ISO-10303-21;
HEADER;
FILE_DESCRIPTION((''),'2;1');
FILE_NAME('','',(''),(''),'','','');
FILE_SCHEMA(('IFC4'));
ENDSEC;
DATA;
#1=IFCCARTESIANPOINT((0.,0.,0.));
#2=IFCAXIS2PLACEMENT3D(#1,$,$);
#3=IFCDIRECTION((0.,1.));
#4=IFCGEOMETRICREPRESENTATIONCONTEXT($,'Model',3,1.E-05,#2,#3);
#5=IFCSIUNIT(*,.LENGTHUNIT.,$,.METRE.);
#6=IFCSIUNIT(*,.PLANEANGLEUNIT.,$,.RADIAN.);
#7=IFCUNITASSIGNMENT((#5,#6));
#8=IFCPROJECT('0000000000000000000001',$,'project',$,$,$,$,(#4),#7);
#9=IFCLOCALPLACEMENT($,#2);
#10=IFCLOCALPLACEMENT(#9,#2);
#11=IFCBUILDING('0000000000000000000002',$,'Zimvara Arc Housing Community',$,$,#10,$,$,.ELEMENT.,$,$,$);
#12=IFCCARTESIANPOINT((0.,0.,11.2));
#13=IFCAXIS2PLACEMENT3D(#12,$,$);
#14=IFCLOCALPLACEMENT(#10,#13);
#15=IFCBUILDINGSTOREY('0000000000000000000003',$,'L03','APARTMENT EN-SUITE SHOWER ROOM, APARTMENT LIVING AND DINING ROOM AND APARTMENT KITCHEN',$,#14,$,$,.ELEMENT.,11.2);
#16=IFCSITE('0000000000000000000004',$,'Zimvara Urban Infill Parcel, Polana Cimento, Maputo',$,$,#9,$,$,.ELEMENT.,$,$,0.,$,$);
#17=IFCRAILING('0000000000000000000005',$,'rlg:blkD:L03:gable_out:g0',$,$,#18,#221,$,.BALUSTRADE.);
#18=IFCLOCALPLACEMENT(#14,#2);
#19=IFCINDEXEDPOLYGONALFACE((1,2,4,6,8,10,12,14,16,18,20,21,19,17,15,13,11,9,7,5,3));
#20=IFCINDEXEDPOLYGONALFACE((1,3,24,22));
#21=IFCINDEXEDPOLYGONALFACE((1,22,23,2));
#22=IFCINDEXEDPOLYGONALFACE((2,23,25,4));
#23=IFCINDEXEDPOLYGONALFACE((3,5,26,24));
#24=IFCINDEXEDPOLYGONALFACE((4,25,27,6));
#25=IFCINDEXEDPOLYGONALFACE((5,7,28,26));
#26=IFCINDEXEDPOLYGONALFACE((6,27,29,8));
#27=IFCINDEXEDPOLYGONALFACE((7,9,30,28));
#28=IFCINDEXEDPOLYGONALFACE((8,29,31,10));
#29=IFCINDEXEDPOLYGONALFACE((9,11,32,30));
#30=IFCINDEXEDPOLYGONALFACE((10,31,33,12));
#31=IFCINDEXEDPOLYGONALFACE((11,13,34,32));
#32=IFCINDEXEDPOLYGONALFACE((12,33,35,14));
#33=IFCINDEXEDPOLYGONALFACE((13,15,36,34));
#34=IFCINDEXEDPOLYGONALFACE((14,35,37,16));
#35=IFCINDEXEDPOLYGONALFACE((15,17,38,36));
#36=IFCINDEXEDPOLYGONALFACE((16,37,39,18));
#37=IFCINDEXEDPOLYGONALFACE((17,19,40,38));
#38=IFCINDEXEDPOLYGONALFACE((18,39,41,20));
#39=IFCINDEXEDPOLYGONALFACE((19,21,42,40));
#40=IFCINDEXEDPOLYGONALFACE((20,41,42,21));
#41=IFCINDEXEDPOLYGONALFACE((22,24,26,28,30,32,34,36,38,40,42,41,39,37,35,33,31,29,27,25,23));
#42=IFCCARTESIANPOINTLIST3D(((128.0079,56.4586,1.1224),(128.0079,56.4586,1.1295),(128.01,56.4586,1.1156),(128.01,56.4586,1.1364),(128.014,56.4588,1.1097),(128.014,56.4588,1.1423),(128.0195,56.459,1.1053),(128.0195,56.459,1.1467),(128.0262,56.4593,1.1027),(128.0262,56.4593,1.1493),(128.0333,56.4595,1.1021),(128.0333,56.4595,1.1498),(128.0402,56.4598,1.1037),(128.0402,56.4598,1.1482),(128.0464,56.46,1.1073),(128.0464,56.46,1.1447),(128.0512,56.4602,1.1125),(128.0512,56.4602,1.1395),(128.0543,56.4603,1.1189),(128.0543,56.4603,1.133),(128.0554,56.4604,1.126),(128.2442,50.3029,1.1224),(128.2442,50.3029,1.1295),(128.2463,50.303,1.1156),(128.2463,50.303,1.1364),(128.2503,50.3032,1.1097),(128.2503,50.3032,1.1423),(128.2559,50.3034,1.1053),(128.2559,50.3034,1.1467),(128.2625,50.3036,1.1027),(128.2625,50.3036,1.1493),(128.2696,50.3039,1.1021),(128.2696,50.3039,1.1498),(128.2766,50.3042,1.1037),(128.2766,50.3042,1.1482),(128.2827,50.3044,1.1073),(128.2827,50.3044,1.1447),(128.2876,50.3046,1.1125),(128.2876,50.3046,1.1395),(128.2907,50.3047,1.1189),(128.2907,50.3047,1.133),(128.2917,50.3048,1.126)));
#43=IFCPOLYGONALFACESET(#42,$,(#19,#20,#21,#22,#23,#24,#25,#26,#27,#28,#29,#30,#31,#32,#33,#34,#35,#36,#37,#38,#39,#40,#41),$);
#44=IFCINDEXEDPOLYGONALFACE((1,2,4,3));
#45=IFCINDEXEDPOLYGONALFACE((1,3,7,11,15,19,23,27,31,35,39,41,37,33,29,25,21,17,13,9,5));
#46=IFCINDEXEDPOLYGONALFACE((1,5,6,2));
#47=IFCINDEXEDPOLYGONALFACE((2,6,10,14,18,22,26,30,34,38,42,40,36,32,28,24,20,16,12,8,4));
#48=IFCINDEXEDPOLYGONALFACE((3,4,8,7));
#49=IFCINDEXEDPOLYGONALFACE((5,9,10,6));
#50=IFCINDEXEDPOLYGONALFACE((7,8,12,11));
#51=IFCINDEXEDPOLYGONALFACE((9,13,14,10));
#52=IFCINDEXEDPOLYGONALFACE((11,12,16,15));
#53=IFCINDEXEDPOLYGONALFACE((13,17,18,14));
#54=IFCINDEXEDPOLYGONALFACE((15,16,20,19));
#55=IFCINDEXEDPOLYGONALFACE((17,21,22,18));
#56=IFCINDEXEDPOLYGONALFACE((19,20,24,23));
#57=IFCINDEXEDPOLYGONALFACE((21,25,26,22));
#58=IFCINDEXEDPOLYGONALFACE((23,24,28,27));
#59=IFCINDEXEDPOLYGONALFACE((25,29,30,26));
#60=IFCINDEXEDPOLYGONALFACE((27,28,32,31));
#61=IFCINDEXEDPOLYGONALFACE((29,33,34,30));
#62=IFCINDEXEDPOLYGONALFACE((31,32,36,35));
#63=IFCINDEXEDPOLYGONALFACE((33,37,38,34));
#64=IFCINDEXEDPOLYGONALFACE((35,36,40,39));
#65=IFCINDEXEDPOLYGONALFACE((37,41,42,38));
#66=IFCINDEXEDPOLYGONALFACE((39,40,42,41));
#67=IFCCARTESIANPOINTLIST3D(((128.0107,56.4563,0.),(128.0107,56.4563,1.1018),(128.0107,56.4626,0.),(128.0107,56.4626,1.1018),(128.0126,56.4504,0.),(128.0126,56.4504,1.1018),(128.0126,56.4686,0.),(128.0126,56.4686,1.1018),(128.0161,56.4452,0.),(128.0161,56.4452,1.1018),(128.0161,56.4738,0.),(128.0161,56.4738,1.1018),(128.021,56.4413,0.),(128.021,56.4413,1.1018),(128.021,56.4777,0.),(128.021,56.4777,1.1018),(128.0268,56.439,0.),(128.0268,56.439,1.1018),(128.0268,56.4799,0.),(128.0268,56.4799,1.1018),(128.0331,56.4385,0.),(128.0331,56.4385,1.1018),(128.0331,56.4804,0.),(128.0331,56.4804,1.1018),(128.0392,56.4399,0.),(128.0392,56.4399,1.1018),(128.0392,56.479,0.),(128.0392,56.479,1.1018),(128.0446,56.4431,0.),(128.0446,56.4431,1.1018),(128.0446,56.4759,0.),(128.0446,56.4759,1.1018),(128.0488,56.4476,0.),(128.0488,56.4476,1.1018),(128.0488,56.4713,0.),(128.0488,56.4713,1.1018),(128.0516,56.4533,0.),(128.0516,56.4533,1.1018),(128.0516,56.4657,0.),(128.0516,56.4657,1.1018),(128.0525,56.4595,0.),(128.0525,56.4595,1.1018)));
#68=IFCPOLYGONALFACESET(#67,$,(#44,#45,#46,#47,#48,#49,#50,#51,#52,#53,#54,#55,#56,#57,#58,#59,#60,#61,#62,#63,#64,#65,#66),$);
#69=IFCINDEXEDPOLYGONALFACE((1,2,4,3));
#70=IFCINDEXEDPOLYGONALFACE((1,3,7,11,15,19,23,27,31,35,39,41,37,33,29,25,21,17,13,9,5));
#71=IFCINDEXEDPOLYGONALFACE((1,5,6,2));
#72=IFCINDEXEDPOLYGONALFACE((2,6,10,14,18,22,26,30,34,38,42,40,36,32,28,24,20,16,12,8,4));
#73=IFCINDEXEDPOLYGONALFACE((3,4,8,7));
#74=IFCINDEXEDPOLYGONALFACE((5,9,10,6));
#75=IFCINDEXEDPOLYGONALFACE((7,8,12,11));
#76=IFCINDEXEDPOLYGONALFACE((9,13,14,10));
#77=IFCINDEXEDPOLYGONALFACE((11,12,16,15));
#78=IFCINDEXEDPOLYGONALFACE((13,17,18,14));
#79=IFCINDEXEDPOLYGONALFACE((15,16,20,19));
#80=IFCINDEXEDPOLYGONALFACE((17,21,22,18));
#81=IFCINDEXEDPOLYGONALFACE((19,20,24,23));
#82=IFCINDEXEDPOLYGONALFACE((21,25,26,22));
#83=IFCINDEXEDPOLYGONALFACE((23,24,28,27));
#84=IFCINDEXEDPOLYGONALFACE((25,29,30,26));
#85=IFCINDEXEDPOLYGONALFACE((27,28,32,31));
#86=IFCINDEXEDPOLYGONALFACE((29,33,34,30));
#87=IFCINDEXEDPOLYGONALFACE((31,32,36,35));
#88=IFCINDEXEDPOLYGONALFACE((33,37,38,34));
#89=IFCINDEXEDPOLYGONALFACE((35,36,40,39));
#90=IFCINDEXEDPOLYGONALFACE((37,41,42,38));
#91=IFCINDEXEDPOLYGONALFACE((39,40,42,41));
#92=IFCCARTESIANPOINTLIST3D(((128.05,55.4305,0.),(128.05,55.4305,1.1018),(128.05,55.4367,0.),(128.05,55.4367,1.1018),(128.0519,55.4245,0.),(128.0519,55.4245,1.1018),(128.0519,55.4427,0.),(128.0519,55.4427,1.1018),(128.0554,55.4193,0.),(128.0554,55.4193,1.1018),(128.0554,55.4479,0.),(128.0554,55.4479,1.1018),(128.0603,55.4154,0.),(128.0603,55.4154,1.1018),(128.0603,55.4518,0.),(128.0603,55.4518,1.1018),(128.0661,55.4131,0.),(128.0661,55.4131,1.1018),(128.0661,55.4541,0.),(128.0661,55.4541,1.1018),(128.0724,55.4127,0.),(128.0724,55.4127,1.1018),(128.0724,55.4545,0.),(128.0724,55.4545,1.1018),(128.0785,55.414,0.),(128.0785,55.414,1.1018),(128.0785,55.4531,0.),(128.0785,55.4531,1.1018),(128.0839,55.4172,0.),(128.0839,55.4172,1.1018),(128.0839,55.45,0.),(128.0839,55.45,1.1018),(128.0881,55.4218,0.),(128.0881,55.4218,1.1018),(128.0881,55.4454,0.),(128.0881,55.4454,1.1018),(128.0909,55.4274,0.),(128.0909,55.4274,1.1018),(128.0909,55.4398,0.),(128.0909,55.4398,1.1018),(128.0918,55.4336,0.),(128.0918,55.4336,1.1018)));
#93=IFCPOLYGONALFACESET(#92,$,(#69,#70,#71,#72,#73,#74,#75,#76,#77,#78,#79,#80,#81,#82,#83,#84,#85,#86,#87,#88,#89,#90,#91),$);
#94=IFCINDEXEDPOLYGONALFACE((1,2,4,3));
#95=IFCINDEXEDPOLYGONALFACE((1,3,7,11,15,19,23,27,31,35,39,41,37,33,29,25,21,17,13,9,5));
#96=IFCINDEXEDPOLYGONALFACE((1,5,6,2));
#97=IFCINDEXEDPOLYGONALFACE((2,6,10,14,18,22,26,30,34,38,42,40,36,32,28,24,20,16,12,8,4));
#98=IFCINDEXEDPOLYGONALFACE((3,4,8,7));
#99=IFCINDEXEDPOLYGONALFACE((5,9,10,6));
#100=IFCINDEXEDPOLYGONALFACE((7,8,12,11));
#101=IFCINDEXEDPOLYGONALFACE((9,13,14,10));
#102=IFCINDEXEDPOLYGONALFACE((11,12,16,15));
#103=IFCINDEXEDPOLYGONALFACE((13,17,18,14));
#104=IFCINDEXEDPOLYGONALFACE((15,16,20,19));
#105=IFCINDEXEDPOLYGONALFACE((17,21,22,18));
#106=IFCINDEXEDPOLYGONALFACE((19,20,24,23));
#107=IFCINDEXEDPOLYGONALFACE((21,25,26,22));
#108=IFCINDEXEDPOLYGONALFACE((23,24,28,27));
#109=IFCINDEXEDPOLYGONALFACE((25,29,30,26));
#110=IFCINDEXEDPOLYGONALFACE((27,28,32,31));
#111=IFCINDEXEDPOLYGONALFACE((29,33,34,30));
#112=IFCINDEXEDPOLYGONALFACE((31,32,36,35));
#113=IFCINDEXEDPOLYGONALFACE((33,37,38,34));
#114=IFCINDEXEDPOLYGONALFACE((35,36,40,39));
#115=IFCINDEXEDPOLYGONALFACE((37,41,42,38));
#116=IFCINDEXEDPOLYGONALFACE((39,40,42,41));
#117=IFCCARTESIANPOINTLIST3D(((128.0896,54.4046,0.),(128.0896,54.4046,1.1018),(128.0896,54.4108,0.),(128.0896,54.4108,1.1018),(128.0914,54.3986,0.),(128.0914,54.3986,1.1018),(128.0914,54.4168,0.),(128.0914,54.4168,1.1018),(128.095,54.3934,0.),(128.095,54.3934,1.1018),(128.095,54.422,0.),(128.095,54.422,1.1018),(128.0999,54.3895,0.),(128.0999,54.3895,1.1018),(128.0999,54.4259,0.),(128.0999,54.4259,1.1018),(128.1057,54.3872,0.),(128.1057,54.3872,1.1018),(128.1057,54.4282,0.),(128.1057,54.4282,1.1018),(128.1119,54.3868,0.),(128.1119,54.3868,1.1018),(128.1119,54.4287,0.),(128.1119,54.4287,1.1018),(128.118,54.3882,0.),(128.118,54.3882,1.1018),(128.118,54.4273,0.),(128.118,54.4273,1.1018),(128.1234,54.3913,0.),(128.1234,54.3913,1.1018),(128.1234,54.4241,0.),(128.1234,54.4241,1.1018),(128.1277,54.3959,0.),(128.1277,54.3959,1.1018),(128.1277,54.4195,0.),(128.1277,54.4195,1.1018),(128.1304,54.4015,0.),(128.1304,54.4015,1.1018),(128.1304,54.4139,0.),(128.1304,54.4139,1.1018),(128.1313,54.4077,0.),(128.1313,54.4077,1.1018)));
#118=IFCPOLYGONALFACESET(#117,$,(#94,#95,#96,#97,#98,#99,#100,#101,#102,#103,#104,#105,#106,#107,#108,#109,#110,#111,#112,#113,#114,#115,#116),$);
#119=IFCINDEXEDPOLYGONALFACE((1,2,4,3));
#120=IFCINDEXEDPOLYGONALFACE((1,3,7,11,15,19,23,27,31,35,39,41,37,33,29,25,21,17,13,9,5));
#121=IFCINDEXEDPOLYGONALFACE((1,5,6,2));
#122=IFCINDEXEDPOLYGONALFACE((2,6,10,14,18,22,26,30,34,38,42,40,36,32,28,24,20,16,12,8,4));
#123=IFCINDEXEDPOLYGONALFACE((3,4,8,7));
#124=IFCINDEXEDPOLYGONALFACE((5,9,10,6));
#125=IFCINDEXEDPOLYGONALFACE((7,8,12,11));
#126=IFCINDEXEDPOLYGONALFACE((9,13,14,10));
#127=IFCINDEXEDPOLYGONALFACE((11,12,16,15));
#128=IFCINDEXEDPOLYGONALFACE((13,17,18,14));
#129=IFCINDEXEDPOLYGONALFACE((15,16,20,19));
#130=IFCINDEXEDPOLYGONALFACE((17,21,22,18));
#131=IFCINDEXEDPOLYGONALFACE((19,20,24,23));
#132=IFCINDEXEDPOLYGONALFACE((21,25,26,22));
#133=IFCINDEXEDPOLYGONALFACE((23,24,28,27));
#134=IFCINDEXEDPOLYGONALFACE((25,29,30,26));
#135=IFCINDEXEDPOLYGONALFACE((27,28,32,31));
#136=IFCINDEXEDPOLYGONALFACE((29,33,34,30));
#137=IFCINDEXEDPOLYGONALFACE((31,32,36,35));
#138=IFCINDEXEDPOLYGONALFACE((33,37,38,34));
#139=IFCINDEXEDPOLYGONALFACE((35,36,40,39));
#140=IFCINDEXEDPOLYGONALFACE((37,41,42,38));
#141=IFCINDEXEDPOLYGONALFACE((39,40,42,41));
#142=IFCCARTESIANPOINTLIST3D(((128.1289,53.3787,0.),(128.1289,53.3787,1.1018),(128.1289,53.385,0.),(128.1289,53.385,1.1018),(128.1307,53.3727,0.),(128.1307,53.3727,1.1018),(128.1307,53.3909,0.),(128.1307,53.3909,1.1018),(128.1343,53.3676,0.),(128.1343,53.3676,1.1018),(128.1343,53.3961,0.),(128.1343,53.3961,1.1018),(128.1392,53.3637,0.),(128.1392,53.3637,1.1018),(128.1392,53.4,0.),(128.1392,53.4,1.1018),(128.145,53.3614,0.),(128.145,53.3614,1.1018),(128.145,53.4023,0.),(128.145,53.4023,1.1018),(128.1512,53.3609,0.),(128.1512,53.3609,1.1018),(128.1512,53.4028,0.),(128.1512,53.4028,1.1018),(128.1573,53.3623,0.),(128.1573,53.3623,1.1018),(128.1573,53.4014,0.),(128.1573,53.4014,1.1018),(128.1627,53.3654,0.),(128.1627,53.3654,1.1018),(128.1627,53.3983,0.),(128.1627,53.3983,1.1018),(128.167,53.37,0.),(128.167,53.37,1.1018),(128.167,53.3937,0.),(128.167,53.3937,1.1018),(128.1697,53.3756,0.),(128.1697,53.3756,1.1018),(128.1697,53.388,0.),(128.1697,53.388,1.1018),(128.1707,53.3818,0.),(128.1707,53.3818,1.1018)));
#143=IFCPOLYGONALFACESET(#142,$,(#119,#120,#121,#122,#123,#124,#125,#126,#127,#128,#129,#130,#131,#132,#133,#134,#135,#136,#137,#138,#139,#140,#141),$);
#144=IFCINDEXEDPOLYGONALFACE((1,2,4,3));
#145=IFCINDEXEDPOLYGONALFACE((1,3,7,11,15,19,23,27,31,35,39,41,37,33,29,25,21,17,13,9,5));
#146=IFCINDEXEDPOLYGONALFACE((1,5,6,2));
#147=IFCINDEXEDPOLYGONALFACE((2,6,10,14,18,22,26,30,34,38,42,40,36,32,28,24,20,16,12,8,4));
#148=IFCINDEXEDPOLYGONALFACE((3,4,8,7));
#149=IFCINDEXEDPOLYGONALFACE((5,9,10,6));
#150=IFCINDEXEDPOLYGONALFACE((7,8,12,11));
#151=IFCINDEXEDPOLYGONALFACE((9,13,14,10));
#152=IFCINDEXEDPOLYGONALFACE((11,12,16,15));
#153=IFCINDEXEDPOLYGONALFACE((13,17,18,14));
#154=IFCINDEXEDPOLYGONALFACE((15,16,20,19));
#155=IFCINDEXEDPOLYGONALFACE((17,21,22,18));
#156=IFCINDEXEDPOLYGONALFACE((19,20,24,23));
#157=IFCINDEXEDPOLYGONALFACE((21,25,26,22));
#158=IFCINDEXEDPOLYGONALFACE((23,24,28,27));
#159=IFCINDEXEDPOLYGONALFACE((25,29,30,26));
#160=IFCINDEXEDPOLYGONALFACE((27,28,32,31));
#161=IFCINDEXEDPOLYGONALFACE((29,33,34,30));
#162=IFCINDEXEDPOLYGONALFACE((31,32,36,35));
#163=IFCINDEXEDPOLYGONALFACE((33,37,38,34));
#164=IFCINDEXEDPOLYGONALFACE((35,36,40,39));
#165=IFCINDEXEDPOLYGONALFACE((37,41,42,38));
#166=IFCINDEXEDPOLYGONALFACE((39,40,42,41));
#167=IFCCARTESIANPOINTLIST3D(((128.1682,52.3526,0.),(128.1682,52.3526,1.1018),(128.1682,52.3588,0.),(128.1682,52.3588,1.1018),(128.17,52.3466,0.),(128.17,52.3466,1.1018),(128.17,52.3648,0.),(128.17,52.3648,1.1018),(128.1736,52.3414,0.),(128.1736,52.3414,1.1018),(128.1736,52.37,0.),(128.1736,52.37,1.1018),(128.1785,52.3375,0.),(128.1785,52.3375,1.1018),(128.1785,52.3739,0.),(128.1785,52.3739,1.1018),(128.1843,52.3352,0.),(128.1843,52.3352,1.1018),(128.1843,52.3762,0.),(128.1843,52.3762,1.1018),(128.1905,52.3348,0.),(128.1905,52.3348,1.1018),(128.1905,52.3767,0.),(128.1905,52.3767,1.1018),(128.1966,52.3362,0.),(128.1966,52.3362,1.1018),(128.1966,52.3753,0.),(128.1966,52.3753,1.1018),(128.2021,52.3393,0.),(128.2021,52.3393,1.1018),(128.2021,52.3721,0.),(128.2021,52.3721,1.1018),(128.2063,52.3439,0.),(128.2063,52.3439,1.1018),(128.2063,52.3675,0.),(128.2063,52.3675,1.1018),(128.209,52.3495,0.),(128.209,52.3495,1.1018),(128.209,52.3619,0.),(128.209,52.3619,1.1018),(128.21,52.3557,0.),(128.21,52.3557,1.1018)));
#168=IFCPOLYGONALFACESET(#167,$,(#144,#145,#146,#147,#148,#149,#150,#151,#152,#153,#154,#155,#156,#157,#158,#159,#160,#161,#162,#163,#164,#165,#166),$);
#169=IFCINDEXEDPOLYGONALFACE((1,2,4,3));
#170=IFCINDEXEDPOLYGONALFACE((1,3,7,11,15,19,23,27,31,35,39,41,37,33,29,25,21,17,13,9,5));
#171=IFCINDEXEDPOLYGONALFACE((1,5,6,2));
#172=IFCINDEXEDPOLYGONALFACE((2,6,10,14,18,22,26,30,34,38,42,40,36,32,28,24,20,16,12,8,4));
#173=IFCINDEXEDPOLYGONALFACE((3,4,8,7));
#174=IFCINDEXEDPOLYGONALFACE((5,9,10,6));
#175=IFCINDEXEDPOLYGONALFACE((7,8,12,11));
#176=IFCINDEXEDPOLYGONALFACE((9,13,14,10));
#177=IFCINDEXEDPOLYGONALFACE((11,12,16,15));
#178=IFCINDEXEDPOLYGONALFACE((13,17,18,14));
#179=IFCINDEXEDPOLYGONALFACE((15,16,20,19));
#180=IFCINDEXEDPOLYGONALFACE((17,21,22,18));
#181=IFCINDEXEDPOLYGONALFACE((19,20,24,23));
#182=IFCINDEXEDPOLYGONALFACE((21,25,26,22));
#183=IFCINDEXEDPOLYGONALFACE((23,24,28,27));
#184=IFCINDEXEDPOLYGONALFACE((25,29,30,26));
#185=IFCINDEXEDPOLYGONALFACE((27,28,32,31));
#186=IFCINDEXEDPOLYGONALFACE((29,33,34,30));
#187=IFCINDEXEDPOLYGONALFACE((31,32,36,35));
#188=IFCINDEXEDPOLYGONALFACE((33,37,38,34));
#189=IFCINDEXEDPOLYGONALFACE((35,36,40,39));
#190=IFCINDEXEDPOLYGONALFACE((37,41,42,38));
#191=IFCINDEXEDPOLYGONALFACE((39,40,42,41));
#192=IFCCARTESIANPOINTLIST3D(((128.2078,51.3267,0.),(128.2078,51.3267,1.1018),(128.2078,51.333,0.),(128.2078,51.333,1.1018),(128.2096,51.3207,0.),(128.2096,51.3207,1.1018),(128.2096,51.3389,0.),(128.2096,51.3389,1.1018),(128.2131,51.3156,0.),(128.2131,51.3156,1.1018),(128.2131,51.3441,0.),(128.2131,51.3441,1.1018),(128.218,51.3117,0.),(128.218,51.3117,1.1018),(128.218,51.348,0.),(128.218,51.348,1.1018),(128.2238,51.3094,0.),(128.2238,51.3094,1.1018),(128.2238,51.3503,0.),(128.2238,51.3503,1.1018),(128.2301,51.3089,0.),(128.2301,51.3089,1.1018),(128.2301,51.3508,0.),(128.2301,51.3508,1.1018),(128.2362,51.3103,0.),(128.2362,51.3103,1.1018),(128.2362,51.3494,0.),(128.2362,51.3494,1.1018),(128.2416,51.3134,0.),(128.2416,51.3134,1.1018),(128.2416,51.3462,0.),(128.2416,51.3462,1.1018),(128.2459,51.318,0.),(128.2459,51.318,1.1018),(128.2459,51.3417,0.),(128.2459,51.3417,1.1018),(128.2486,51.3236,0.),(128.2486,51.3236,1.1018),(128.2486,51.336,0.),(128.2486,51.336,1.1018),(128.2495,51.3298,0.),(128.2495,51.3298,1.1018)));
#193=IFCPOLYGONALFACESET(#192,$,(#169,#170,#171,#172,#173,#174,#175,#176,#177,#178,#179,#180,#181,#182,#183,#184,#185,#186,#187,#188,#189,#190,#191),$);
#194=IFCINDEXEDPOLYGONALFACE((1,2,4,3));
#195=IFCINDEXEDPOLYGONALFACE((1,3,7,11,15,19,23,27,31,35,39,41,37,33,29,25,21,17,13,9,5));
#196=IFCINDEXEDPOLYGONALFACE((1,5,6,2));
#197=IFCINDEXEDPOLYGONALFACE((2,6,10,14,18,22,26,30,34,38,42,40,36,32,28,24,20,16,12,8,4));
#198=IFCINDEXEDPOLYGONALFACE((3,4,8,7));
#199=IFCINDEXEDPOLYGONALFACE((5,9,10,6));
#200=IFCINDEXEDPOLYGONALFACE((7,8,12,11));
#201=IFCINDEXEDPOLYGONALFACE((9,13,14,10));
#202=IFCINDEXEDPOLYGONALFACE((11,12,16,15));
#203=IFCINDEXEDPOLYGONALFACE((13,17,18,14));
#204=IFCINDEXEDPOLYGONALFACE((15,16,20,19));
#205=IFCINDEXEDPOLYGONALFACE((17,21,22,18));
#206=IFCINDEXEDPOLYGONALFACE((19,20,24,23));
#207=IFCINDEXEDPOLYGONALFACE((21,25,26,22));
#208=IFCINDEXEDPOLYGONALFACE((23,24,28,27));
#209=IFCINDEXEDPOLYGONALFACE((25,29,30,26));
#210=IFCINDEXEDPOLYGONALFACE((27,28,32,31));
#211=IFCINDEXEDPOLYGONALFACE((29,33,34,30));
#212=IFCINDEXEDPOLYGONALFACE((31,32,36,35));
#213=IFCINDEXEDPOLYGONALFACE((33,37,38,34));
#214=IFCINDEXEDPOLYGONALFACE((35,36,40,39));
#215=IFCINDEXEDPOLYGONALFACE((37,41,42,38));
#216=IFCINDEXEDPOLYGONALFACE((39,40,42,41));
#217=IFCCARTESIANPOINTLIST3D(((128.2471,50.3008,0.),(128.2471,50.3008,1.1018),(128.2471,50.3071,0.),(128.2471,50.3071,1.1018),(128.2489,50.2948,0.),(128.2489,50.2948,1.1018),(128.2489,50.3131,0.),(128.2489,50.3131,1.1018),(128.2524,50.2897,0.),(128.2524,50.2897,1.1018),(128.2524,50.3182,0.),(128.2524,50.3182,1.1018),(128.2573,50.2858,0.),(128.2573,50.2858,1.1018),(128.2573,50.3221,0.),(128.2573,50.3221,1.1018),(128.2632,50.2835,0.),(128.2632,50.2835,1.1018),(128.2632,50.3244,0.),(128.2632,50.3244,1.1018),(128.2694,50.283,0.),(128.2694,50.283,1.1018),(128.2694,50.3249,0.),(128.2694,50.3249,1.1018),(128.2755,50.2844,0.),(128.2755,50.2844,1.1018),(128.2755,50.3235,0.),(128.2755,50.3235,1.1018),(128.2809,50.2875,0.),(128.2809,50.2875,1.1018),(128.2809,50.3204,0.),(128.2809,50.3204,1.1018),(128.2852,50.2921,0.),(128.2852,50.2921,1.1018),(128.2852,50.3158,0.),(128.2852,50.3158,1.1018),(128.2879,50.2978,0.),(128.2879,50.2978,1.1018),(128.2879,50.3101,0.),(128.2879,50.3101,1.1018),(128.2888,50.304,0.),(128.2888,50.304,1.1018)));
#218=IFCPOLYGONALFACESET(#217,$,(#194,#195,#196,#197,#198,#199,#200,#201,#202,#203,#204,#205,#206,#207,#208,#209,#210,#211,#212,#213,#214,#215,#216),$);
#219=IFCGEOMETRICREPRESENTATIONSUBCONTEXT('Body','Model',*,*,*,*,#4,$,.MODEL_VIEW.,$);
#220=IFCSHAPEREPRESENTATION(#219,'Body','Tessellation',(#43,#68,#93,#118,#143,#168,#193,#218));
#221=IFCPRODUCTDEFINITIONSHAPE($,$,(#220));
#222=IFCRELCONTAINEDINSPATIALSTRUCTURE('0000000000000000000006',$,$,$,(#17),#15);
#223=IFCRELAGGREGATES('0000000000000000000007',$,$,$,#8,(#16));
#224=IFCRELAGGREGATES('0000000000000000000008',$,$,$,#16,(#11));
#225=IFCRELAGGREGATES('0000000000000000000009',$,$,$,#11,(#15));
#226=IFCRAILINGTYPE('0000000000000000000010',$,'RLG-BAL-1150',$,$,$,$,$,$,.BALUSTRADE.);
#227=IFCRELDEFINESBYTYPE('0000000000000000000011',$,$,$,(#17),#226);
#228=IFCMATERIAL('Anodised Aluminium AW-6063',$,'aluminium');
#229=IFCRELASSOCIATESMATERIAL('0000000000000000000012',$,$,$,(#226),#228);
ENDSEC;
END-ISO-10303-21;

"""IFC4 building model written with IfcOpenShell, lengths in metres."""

from ifc_helpers import new_model, si_unit, direction, frame, origin, origin_2d, place, context, subcontext, project, spatial, circle, extrude, material, type_object, element, save


model = new_model("IFC4")

# Units and contexts
model_context = context("Model", 3, precision=1e-05, world=origin(), true_north=direction((0.0, 1.0)))
body_context = subcontext(model_context, "Body", "Model", "MODEL_VIEW")
ifc_project = project(units=[si_unit("LENGTHUNIT", "METRE"), si_unit("PLANEANGLEUNIT", "RADIAN")], contexts=[model_context])

# Site, building, storey
site_placement = place(None, origin())
site = spatial("IfcSite", under=ifc_project, at=site_placement, Name="Zimvara Urban Infill Parcel, Polana Cimento, Maputo", CompositionType="ELEMENT", RefElevation=0.0)
building_placement = place(site_placement, origin())
building = spatial("IfcBuilding", under=site, at=building_placement, Name="Zimvara Arc Housing Community", CompositionType="ELEMENT")
storey_placement = place(building_placement, frame((0.0, 0.0, 11.2)))
storey = spatial("IfcBuildingStorey", under=building, at=storey_placement, Name="L03", Description="APARTMENT EN-SUITE SHOWER ROOM, APARTMENT LIVING AND DINING ROOM AND APARTMENT KITCHEN", CompositionType="ELEMENT", Elevation=11.2)

# Railing
ifc_material_1 = material(Name="Anodised Aluminium AW-6063", Category="aluminium")
railing_type = type_object("IfcRailingType", Name="RLG-BAL-1150", PredefinedType="BALUSTRADE", material=ifc_material_1)
railing_placement = place(storey_placement, frame((128.0315, 56.4595, 0.0)))
element("IfcRailing", 1, at=railing_placement, inside=storey, type_object=railing_type, Name="rlg:blkD:L03:gable_out:g0", PredefinedType="BALUSTRADE", context=body_context, shape_type="SweptSolid", body=[
    extrude(circle(Radius=0.0239, at=origin_2d()), frame((0.0, 0.0, 1.126), z_axis=(0.038365, -0.999264, 0.0), x_axis=(0.999264, 0.038365, 0.0)), (0.0, 0.0, 1.0), 6.1602),
    extrude(circle(Radius=0.021, at=origin_2d()), origin(), (0.0, 0.0, 1.0), 1.1018),
    extrude(circle(Radius=0.021, at=origin_2d()), frame((0.0393, -1.0259, 0.0)), (0.0, 0.0, 1.0), 1.1018),
    extrude(circle(Radius=0.021, at=origin_2d()), frame((0.0789, -2.0518, 0.0)), (0.0, 0.0, 1.0), 1.1018),
    extrude(circle(Radius=0.021, at=origin_2d()), frame((0.1182, -3.0776, 0.0)), (0.0, 0.0, 1.0), 1.1018),
    extrude(circle(Radius=0.021, at=origin_2d()), frame((0.1575, -4.1038, 0.0)), (0.0, 0.0, 1.0), 1.1018),
    extrude(circle(Radius=0.021, at=origin_2d()), frame((0.197, -5.1296, 0.0)), (0.0, 0.0, 1.0), 1.1018),
    extrude(circle(Radius=0.021, at=origin_2d()), frame((0.2363, -6.1555, 0.0)), (0.0, 0.0, 1.0), 1.1018),
])

save(model, "model.ifc")
